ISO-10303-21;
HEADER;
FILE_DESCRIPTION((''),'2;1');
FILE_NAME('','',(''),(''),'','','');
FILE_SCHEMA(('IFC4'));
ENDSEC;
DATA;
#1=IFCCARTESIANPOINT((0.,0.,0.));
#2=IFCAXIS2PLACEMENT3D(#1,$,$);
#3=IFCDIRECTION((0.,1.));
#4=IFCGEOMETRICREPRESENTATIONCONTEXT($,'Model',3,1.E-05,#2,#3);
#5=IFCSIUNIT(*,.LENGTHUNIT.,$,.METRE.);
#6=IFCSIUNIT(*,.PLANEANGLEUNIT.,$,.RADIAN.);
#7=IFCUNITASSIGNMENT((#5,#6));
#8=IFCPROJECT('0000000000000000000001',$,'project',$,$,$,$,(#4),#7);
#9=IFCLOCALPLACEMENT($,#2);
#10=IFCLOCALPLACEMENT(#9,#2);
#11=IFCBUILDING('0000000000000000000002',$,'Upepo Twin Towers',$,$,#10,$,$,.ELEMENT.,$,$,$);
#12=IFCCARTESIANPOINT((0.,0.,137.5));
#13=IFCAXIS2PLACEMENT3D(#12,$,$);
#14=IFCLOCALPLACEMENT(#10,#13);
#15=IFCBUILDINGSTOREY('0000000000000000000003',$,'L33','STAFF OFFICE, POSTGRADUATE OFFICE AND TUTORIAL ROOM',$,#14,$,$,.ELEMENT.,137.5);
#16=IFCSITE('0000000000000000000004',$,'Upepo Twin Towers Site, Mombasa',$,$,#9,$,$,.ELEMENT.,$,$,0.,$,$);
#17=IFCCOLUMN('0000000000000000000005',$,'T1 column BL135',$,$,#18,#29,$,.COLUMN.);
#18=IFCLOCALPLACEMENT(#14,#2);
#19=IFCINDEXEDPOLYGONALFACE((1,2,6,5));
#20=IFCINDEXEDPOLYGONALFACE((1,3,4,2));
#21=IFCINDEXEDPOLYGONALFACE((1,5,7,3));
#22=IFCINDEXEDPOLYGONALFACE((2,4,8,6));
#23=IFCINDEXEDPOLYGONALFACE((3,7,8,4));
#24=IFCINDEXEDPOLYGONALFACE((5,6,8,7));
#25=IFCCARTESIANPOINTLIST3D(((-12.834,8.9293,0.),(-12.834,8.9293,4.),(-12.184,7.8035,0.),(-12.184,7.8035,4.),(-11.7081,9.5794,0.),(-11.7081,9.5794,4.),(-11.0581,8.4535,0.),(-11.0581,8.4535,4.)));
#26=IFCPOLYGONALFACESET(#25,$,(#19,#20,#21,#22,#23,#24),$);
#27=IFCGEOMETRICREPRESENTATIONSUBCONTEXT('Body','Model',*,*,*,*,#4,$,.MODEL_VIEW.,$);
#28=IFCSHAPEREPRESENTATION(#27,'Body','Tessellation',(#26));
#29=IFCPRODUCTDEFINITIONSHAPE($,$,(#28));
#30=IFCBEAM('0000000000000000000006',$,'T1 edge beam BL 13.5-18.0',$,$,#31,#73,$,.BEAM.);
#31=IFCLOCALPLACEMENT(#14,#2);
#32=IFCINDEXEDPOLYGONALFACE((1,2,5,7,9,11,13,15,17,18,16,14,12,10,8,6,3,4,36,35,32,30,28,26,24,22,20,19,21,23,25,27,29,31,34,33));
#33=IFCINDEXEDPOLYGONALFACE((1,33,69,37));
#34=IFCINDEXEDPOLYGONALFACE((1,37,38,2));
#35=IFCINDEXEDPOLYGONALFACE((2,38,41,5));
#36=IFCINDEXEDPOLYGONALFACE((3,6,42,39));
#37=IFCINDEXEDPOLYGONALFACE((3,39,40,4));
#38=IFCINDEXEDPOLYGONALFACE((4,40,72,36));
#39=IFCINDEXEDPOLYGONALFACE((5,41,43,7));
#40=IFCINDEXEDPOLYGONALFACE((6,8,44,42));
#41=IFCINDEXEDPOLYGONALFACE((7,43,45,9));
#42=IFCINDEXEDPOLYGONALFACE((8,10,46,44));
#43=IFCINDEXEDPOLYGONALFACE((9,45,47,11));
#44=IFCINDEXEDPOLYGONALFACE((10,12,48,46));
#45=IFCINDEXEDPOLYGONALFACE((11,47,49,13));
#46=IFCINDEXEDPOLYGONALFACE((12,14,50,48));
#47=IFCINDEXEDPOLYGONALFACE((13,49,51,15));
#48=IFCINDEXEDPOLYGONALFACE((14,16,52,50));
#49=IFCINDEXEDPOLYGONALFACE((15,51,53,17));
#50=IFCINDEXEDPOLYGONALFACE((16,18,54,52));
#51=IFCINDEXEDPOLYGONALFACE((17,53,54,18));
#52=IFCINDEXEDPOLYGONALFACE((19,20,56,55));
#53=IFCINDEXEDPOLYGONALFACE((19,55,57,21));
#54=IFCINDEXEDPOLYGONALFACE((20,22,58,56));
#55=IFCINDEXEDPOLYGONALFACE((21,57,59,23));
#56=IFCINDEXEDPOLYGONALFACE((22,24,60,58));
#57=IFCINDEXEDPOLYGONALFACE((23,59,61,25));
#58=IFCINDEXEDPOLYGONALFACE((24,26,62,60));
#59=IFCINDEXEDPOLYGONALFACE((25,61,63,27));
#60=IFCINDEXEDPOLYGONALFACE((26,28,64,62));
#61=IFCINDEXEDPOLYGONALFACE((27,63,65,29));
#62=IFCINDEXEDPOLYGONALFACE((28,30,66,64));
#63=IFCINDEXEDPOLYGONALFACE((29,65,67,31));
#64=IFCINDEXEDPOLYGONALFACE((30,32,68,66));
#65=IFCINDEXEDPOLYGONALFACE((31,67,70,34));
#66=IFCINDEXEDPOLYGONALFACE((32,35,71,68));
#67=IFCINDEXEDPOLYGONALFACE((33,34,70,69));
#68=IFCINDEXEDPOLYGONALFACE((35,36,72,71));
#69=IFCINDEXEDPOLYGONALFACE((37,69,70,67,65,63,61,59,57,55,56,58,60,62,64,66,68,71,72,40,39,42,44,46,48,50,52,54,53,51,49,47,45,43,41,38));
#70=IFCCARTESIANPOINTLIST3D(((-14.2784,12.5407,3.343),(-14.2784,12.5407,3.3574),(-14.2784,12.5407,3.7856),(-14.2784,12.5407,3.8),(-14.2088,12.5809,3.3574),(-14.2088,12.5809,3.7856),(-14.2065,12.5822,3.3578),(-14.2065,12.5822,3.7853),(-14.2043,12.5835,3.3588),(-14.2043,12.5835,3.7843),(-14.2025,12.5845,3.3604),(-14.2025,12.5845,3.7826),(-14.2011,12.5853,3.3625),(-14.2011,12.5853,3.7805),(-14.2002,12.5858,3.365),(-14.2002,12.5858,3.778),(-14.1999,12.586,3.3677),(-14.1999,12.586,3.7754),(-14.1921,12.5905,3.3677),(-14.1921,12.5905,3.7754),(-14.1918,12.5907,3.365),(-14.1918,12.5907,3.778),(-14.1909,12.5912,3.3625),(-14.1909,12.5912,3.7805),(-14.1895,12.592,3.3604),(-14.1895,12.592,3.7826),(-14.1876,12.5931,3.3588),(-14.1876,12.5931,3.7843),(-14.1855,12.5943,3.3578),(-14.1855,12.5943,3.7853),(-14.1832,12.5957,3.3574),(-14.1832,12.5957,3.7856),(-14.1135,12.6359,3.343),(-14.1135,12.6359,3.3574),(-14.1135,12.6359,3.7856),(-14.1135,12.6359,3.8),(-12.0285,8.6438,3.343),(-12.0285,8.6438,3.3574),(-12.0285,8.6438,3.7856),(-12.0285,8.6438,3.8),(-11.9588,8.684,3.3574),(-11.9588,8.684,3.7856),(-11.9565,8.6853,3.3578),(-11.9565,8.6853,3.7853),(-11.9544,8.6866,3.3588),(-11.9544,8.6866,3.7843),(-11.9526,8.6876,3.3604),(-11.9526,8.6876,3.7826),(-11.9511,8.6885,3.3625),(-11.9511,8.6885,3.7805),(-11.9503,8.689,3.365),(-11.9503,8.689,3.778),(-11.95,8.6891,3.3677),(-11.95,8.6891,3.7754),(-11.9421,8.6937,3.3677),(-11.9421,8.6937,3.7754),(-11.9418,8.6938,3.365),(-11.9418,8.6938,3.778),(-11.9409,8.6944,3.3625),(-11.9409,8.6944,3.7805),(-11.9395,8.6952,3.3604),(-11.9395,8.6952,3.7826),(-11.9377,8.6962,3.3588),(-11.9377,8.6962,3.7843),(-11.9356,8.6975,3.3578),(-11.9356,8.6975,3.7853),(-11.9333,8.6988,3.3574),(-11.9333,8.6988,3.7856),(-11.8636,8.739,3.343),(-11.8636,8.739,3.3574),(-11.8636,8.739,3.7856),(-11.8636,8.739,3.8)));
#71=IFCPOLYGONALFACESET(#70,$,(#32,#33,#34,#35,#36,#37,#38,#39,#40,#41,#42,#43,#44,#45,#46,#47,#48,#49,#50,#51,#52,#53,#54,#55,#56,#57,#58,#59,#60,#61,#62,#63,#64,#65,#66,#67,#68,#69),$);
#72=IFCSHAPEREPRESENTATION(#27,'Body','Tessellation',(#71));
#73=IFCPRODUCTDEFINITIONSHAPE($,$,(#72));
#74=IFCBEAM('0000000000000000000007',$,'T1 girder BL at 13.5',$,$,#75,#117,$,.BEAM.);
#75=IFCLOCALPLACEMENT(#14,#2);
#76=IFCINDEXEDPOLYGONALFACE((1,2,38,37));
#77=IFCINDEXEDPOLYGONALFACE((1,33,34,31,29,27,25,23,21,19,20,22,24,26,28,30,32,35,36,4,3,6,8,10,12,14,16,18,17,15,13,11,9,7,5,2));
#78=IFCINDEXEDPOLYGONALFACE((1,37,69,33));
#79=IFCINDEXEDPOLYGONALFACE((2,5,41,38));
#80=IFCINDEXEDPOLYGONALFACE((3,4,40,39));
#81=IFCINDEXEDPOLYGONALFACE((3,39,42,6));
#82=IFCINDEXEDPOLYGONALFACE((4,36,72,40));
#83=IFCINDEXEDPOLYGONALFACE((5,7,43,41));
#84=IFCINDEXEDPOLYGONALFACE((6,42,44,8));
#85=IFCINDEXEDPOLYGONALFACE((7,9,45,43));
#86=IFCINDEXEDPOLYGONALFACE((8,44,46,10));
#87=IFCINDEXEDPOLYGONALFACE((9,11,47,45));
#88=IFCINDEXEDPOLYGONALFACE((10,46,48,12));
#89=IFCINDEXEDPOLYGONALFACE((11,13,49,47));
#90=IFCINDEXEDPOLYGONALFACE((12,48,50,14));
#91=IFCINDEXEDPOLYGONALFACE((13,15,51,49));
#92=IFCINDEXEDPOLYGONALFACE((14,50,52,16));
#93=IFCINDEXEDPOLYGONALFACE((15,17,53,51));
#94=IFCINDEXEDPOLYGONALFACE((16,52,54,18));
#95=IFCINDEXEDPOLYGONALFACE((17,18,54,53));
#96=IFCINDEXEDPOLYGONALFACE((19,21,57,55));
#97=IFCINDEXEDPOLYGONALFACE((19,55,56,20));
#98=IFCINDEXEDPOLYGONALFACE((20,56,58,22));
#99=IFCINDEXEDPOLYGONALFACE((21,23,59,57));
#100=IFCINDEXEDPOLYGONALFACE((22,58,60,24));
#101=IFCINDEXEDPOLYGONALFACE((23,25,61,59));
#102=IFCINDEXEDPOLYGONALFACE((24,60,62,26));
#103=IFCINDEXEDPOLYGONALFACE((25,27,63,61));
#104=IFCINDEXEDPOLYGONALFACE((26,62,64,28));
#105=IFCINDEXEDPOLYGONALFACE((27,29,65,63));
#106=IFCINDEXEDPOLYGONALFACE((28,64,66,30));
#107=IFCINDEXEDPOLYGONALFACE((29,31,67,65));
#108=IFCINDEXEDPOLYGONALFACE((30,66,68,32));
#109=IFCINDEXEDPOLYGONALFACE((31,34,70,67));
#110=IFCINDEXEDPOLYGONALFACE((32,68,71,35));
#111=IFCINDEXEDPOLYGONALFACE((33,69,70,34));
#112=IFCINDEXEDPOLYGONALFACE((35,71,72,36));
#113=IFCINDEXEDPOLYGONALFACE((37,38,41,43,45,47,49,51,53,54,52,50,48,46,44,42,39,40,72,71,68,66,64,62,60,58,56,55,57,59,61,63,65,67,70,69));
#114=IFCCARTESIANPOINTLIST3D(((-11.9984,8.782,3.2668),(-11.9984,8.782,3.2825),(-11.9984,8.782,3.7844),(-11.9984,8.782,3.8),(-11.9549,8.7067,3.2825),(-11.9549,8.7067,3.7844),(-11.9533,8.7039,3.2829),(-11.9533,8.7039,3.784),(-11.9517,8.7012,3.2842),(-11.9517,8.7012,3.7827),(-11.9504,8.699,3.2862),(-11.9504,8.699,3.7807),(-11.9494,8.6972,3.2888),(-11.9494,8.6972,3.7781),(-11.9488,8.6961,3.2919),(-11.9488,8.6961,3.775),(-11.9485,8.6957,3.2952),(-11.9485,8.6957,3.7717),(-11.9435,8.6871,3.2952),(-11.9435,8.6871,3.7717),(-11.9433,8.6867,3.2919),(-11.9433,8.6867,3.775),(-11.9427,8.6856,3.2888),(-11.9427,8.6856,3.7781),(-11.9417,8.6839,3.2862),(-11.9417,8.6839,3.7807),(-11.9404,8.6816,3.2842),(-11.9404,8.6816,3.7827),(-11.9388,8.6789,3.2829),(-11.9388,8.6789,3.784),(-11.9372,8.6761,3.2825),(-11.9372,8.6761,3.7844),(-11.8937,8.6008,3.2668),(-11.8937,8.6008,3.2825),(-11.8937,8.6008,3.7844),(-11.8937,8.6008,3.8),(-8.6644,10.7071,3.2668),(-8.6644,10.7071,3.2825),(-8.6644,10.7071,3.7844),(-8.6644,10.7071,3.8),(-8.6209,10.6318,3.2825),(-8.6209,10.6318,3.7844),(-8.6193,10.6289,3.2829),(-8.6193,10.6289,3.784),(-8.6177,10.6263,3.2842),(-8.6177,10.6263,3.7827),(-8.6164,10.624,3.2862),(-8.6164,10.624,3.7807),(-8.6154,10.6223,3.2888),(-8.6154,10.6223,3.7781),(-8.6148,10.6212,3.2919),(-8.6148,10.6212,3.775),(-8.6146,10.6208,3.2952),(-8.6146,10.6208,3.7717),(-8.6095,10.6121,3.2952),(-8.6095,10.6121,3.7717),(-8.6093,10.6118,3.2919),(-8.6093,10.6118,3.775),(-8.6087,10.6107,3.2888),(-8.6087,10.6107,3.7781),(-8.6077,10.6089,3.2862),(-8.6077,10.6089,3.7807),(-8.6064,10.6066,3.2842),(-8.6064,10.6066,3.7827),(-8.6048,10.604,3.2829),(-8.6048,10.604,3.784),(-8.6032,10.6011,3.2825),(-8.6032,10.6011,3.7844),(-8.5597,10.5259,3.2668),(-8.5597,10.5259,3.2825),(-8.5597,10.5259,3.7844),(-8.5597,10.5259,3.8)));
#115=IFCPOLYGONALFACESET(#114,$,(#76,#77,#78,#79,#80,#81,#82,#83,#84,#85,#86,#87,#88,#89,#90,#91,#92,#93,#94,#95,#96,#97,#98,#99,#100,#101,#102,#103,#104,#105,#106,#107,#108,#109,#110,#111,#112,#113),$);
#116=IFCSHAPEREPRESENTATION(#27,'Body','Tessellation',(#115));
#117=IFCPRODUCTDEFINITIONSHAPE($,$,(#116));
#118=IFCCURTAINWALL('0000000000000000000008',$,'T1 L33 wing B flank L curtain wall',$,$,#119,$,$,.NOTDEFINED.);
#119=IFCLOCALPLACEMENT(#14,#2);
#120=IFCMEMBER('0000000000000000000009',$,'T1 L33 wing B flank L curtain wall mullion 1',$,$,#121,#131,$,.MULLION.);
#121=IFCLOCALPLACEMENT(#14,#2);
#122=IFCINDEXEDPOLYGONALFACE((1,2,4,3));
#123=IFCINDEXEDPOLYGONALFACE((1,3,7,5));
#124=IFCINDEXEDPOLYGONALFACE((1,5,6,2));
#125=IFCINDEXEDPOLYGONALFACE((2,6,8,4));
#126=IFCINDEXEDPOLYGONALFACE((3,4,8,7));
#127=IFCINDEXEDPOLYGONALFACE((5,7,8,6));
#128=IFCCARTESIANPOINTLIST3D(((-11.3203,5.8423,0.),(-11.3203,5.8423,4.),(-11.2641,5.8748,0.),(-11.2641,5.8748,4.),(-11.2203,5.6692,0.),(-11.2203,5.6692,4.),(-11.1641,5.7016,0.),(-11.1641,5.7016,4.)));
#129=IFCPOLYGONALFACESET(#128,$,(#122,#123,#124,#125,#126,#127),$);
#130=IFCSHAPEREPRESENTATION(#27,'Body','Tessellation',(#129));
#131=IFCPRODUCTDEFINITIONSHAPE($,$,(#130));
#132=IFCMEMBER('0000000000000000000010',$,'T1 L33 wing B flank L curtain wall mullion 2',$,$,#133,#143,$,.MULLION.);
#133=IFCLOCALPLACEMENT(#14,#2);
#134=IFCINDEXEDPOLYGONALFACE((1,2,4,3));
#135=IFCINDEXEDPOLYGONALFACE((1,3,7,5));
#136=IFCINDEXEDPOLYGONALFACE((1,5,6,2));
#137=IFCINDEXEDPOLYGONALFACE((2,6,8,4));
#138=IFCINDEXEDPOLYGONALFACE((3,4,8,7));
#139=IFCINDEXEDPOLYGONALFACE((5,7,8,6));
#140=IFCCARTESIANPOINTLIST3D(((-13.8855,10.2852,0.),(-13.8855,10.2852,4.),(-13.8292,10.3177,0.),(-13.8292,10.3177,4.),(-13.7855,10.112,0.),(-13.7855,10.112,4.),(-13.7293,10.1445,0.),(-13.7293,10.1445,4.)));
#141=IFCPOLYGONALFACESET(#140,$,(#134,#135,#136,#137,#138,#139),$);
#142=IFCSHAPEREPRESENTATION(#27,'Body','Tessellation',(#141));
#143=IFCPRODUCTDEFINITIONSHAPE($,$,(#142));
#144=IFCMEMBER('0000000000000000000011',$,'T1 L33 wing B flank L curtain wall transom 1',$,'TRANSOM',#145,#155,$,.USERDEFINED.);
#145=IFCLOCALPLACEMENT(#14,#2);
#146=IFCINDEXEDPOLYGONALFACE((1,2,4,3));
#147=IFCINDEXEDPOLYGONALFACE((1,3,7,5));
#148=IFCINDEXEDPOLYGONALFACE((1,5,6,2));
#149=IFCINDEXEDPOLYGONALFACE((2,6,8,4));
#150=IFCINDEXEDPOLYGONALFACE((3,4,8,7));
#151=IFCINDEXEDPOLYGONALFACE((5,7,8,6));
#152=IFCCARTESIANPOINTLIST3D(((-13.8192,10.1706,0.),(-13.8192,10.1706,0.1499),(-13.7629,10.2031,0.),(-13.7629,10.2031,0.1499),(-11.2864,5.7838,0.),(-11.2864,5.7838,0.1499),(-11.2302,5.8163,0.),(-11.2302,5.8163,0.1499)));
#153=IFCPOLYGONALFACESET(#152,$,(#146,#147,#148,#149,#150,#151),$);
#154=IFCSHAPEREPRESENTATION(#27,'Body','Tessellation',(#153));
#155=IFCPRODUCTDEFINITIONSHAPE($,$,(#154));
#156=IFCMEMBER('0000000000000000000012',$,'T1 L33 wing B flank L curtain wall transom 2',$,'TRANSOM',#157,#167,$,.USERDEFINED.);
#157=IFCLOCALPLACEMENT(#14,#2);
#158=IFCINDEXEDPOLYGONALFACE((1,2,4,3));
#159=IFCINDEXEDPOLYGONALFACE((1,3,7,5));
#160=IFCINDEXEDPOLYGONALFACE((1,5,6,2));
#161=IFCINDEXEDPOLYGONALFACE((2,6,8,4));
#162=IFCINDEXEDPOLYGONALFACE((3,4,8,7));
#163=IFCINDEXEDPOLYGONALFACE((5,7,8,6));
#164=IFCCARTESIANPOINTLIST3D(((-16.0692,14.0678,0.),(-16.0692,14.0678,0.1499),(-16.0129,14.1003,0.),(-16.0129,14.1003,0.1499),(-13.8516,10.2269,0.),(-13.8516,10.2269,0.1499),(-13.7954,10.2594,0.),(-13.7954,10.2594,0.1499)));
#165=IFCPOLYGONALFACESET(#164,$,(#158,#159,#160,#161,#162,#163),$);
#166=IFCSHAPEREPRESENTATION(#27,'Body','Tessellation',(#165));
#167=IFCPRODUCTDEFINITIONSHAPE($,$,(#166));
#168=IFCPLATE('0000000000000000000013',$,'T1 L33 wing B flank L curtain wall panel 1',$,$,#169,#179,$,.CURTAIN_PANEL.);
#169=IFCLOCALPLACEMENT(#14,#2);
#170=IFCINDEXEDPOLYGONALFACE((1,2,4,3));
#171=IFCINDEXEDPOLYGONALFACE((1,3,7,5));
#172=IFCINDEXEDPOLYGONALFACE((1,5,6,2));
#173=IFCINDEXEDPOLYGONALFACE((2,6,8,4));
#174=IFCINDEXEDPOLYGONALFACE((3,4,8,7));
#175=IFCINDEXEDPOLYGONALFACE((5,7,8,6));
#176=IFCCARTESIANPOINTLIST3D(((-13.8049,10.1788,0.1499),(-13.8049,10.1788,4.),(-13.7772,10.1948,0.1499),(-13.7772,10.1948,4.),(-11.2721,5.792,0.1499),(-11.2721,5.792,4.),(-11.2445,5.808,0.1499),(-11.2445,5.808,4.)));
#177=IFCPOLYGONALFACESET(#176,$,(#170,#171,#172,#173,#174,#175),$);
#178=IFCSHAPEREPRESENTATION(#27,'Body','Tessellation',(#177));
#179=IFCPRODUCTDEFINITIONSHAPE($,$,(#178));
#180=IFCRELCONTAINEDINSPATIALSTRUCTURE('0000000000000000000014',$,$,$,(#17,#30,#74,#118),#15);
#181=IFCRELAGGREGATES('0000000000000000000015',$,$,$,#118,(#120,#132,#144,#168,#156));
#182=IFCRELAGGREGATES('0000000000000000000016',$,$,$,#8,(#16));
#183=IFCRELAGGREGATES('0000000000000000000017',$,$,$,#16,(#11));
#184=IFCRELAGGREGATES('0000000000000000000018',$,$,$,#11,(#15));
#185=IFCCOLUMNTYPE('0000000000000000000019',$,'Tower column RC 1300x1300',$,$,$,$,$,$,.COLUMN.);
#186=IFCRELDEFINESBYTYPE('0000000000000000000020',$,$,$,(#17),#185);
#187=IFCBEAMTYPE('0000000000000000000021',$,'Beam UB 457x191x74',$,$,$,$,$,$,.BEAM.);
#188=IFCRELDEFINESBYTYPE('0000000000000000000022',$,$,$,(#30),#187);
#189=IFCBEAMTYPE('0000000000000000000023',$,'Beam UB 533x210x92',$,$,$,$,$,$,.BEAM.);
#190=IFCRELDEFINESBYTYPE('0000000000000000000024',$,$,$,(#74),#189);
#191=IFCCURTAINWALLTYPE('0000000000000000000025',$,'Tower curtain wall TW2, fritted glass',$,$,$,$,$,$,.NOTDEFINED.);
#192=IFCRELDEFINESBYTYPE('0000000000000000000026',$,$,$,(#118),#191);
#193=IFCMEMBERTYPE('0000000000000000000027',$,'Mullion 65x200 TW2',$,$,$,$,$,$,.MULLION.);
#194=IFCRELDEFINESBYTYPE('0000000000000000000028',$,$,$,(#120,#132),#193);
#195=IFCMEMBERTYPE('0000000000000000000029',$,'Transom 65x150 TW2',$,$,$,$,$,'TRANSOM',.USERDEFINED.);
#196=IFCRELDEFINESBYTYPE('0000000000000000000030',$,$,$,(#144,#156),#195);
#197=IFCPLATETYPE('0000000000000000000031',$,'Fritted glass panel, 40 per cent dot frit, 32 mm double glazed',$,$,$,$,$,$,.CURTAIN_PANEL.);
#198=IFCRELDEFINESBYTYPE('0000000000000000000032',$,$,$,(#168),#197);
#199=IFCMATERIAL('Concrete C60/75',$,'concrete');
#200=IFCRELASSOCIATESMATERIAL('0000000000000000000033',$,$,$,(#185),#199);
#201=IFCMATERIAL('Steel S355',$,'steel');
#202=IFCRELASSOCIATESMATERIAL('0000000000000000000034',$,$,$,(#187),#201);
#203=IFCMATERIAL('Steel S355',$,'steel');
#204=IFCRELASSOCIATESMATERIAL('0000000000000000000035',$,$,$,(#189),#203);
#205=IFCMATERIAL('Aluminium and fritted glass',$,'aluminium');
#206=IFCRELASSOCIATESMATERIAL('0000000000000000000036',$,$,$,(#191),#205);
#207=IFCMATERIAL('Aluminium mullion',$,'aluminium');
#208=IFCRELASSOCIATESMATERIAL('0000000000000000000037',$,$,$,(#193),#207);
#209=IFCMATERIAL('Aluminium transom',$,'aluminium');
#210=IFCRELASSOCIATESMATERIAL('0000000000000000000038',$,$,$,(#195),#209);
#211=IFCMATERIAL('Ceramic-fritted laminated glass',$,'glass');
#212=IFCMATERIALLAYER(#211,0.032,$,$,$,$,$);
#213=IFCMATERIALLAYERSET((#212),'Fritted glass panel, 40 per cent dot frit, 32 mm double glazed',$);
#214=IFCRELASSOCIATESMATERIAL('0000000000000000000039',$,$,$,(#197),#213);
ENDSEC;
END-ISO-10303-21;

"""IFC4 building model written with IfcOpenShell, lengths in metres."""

from ifc_helpers import new_model, si_unit, direction, frame, origin, origin_2d, place, context, subcontext, project, spatial, rectangle, i_section, extrude, material, layer, layer_set, material_profile, profile_set, type_object, element, aggregate, save


model = new_model("IFC4")

# Units and contexts
model_context = context("Model", 3, precision=1e-05, world=origin(), true_north=direction((0.0, 1.0)))
body_context = subcontext(model_context, "Body", "Model", "MODEL_VIEW")
ifc_project = project(units=[si_unit("LENGTHUNIT", "METRE"), si_unit("PLANEANGLEUNIT", "RADIAN")], contexts=[model_context])

# Site, building, storey
site_placement = place(None, origin())
site = spatial("IfcSite", under=ifc_project, at=site_placement, Name="Upepo Twin Towers Site, Mombasa", CompositionType="ELEMENT", RefElevation=0.0)
building_placement = place(site_placement, origin())
building = spatial("IfcBuilding", under=site, at=building_placement, Name="Upepo Twin Towers", CompositionType="ELEMENT")
storey_placement = place(building_placement, frame((0.0, 0.0, 137.5)))
storey = spatial("IfcBuildingStorey", under=building, at=storey_placement, Name="L33", Description="STAFF OFFICE, POSTGRADUATE OFFICE AND TUTORIAL ROOM", CompositionType="ELEMENT", Elevation=137.5)

# Column
ifc_material_1 = material(Name="Concrete C60/75", Category="concrete")
ifc_material_profile_1 = material_profile(ifc_material_1, rectangle(XDim=1.3, YDim=1.3, at=origin_2d()), Name="RC 1300x1300")
ifc_profile_set_1 = profile_set([ifc_material_profile_1], Name="Concrete C60/75")
column_type = type_object("IfcColumnType", Name="Tower column RC 1300x1300", PredefinedType="COLUMN", material=ifc_profile_set_1)
column_placement = place(storey_placement, frame((-11.946, 8.6914, 0.0), z_axis=(0.0, 0.0, 1.0), x_axis=(0.866025, 0.5, 0.0)))
element("IfcColumn", 1, at=column_placement, inside=storey, type_object=column_type, Name="T1 column BL135", PredefinedType="COLUMN", context=body_context, shape_type="SweptSolid", body=[
    extrude(rectangle(XDim=1.3, YDim=1.3, at=origin_2d()), origin(), (0.0, 0.0, 1.0), 4.0),
])

# Beams
ifc_material_2 = material(Name="Steel S355", Category="steel")
ifc_material_profile_2 = material_profile(ifc_material_2, i_section(OverallWidth=0.1904, OverallDepth=0.457, WebThickness=0.009, FlangeThickness=0.0144, FilletRadius=0.0103, at=origin_2d()), Name="UB 457x191x74")
ifc_profile_set_2 = profile_set([ifc_material_profile_2], Name="Steel S355")
beam_type_1 = type_object("IfcBeamType", Name="Beam UB 457x191x74", PredefinedType="BEAM", material=ifc_profile_set_2)
beam_1_placement = place(storey_placement, frame((-11.946, 8.6914, 3.5715), z_axis=(-0.500014, 0.866018, 0.0), x_axis=(-0.866018, -0.500014, 0.0)))
element("IfcBeam", 2, at=beam_1_placement, inside=storey, type_object=beam_type_1, Name="T1 edge beam BL 13.5-18.0", PredefinedType="BEAM", context=body_context, shape_type="SweptSolid", body=[
    extrude(i_section(OverallWidth=0.1904, OverallDepth=0.457, WebThickness=0.009, FlangeThickness=0.0144, FilletRadius=0.0103, at=origin_2d()), origin(), (0.0, 0.0, 1.0), 4.4998),
])
ifc_material_3 = material(Name="Steel S355", Category="steel")
ifc_material_profile_3 = material_profile(ifc_material_3, i_section(OverallWidth=0.2092, OverallDepth=0.5332, WebThickness=0.01, FlangeThickness=0.0156, FilletRadius=0.0127, at=origin_2d()), Name="UB 533x210x92")
ifc_profile_set_3 = profile_set([ifc_material_profile_3], Name="Steel S355")
beam_type_2 = type_object("IfcBeamType", Name="Beam UB 533x210x92", PredefinedType="BEAM", material=ifc_profile_set_3)
beam_2_placement = place(storey_placement, frame((-11.946, 8.6914, 3.5334), z_axis=(0.866006, 0.500034, 0.0), x_axis=(-0.500034, 0.866006, 0.0)))
element("IfcBeam", 3, at=beam_2_placement, inside=storey, type_object=beam_type_2, Name="T1 girder BL at 13.5", PredefinedType="BEAM", context=body_context, shape_type="SweptSolid", body=[
    extrude(i_section(OverallWidth=0.2092, OverallDepth=0.5332, WebThickness=0.01, FlangeThickness=0.0156, FilletRadius=0.0127, at=origin_2d()), origin(), (0.0, 0.0, 1.0), 3.8499),
])

# Curtain wall, members, plate
ifc_material_4 = material(Name="Aluminium and fritted glass", Category="aluminium")
curtain_wall_type = type_object("IfcCurtainWallType", Name="Tower curtain wall TW2, fritted glass", PredefinedType="NOTDEFINED", material=ifc_material_4)
curtain_wall_placement = place(storey_placement, origin())
curtain_wall = element("IfcCurtainWall", 4, at=curtain_wall_placement, inside=storey, type_object=curtain_wall_type, Name="T1 L33 wing B flank L curtain wall", PredefinedType="NOTDEFINED")
ifc_material_5 = material(Name="Aluminium mullion", Category="aluminium")
ifc_material_profile_4 = material_profile(ifc_material_5, rectangle(XDim=0.0649, YDim=0.2, at=origin_2d()), Name="MULLION 65x200")
ifc_profile_set_4 = profile_set([ifc_material_profile_4], Name="Aluminium mullion")
member_type_1 = type_object("IfcMemberType", Name="Mullion 65x200 TW2", PredefinedType="MULLION", material=ifc_profile_set_4)
member_1_placement = place(storey_placement, frame((-11.2422, 5.772, 0.0), z_axis=(0.0, 0.0, 1.0), x_axis=(-0.866025, -0.5, 0.0)))
member_1 = element("IfcMember", 5, at=member_1_placement, type_object=member_type_1, Name="T1 L33 wing B flank L curtain wall mullion 1", PredefinedType="MULLION", context=body_context, shape_type="SweptSolid", body=[
    extrude(rectangle(XDim=0.0649, YDim=0.2, at=origin_2d()), origin(), (0.0, 0.0, 1.0), 4.0),
])
member_2_placement = place(storey_placement, frame((-13.8074, 10.2148, 0.0), z_axis=(0.0, 0.0, 1.0), x_axis=(-0.866025, -0.5, 0.0)))
member_2 = element("IfcMember", 6, at=member_2_placement, type_object=member_type_1, Name="T1 L33 wing B flank L curtain wall mullion 2", PredefinedType="MULLION", context=body_context, shape_type="SweptSolid", body=[
    extrude(rectangle(XDim=0.0649, YDim=0.2, at=origin_2d()), origin(), (0.0, 0.0, 1.0), 4.0),
])
ifc_material_6 = material(Name="Aluminium transom", Category="aluminium")
ifc_material_profile_5 = material_profile(ifc_material_6, rectangle(XDim=0.0649, YDim=0.1499, at=origin_2d()), Name="TRANSOM 65x150")
ifc_profile_set_5 = profile_set([ifc_material_profile_5], Name="Aluminium transom")
member_type_2 = type_object("IfcMemberType", Name="Transom 65x150 TW2", ElementType="TRANSOM", PredefinedType="USERDEFINED", material=ifc_profile_set_5)
member_3_placement = place(storey_placement, frame((-11.2583, 5.8, 0.075), z_axis=(-0.500006, 0.866022, 0.0), x_axis=(-0.866022, -0.500006, 0.0)))
member_3 = element("IfcMember", 7, at=member_3_placement, type_object=member_type_2, Name="T1 L33 wing B flank L curtain wall transom 1", ObjectType="TRANSOM", PredefinedType="USERDEFINED", context=body_context, shape_type="SweptSolid", body=[
    extrude(rectangle(XDim=0.0649, YDim=0.1499, at=origin_2d()), origin(), (0.0, 0.0, 1.0), 5.0654),
])
member_4_placement = place(storey_placement, frame((-13.8235, 10.2432, 0.075), z_axis=(-0.500005, 0.866022, 0.0), x_axis=(-0.866022, -0.500005, 0.0)))
member_4 = element("IfcMember", 8, at=member_4_placement, type_object=member_type_2, Name="T1 L33 wing B flank L curtain wall transom 2", ObjectType="TRANSOM", PredefinedType="USERDEFINED", context=body_context, shape_type="SweptSolid", body=[
    extrude(rectangle(XDim=0.0649, YDim=0.1499, at=origin_2d()), origin(), (0.0, 0.0, 1.0), 4.4351),
])
ifc_material_7 = material(Name="Ceramic-fritted laminated glass", Category="glass")
ifc_layer_1 = layer(ifc_material_7, 0.032)
ifc_layer_set_1 = layer_set([ifc_layer_1], Name="Fritted glass panel, 40 per cent dot frit, 32 mm double glazed")
plate_type = type_object("IfcPlateType", Name="Fritted glass panel, 40 per cent dot frit, 32 mm double glazed", PredefinedType="CURTAIN_PANEL", material=ifc_layer_set_1)
plate_1_placement = place(storey_placement, frame((-12.5247, 7.9934, 0.1499), z_axis=(0.0, 0.0, 1.0), x_axis=(-0.5, 0.866025, 0.0)))
plate_1 = element("IfcPlate", 9, at=plate_1_placement, type_object=plate_type, Name="T1 L33 wing B flank L curtain wall panel 1", PredefinedType="CURTAIN_PANEL", context=body_context, shape_type="SweptSolid", body=[
    extrude(rectangle(XDim=5.0654, YDim=0.032, at=origin_2d()), origin(), (0.0, 0.0, 1.0), 3.8501),
])
aggregate(curtain_wall, [member_1, member_2, member_3, plate_1, member_4])

save(model, "model.ifc")
